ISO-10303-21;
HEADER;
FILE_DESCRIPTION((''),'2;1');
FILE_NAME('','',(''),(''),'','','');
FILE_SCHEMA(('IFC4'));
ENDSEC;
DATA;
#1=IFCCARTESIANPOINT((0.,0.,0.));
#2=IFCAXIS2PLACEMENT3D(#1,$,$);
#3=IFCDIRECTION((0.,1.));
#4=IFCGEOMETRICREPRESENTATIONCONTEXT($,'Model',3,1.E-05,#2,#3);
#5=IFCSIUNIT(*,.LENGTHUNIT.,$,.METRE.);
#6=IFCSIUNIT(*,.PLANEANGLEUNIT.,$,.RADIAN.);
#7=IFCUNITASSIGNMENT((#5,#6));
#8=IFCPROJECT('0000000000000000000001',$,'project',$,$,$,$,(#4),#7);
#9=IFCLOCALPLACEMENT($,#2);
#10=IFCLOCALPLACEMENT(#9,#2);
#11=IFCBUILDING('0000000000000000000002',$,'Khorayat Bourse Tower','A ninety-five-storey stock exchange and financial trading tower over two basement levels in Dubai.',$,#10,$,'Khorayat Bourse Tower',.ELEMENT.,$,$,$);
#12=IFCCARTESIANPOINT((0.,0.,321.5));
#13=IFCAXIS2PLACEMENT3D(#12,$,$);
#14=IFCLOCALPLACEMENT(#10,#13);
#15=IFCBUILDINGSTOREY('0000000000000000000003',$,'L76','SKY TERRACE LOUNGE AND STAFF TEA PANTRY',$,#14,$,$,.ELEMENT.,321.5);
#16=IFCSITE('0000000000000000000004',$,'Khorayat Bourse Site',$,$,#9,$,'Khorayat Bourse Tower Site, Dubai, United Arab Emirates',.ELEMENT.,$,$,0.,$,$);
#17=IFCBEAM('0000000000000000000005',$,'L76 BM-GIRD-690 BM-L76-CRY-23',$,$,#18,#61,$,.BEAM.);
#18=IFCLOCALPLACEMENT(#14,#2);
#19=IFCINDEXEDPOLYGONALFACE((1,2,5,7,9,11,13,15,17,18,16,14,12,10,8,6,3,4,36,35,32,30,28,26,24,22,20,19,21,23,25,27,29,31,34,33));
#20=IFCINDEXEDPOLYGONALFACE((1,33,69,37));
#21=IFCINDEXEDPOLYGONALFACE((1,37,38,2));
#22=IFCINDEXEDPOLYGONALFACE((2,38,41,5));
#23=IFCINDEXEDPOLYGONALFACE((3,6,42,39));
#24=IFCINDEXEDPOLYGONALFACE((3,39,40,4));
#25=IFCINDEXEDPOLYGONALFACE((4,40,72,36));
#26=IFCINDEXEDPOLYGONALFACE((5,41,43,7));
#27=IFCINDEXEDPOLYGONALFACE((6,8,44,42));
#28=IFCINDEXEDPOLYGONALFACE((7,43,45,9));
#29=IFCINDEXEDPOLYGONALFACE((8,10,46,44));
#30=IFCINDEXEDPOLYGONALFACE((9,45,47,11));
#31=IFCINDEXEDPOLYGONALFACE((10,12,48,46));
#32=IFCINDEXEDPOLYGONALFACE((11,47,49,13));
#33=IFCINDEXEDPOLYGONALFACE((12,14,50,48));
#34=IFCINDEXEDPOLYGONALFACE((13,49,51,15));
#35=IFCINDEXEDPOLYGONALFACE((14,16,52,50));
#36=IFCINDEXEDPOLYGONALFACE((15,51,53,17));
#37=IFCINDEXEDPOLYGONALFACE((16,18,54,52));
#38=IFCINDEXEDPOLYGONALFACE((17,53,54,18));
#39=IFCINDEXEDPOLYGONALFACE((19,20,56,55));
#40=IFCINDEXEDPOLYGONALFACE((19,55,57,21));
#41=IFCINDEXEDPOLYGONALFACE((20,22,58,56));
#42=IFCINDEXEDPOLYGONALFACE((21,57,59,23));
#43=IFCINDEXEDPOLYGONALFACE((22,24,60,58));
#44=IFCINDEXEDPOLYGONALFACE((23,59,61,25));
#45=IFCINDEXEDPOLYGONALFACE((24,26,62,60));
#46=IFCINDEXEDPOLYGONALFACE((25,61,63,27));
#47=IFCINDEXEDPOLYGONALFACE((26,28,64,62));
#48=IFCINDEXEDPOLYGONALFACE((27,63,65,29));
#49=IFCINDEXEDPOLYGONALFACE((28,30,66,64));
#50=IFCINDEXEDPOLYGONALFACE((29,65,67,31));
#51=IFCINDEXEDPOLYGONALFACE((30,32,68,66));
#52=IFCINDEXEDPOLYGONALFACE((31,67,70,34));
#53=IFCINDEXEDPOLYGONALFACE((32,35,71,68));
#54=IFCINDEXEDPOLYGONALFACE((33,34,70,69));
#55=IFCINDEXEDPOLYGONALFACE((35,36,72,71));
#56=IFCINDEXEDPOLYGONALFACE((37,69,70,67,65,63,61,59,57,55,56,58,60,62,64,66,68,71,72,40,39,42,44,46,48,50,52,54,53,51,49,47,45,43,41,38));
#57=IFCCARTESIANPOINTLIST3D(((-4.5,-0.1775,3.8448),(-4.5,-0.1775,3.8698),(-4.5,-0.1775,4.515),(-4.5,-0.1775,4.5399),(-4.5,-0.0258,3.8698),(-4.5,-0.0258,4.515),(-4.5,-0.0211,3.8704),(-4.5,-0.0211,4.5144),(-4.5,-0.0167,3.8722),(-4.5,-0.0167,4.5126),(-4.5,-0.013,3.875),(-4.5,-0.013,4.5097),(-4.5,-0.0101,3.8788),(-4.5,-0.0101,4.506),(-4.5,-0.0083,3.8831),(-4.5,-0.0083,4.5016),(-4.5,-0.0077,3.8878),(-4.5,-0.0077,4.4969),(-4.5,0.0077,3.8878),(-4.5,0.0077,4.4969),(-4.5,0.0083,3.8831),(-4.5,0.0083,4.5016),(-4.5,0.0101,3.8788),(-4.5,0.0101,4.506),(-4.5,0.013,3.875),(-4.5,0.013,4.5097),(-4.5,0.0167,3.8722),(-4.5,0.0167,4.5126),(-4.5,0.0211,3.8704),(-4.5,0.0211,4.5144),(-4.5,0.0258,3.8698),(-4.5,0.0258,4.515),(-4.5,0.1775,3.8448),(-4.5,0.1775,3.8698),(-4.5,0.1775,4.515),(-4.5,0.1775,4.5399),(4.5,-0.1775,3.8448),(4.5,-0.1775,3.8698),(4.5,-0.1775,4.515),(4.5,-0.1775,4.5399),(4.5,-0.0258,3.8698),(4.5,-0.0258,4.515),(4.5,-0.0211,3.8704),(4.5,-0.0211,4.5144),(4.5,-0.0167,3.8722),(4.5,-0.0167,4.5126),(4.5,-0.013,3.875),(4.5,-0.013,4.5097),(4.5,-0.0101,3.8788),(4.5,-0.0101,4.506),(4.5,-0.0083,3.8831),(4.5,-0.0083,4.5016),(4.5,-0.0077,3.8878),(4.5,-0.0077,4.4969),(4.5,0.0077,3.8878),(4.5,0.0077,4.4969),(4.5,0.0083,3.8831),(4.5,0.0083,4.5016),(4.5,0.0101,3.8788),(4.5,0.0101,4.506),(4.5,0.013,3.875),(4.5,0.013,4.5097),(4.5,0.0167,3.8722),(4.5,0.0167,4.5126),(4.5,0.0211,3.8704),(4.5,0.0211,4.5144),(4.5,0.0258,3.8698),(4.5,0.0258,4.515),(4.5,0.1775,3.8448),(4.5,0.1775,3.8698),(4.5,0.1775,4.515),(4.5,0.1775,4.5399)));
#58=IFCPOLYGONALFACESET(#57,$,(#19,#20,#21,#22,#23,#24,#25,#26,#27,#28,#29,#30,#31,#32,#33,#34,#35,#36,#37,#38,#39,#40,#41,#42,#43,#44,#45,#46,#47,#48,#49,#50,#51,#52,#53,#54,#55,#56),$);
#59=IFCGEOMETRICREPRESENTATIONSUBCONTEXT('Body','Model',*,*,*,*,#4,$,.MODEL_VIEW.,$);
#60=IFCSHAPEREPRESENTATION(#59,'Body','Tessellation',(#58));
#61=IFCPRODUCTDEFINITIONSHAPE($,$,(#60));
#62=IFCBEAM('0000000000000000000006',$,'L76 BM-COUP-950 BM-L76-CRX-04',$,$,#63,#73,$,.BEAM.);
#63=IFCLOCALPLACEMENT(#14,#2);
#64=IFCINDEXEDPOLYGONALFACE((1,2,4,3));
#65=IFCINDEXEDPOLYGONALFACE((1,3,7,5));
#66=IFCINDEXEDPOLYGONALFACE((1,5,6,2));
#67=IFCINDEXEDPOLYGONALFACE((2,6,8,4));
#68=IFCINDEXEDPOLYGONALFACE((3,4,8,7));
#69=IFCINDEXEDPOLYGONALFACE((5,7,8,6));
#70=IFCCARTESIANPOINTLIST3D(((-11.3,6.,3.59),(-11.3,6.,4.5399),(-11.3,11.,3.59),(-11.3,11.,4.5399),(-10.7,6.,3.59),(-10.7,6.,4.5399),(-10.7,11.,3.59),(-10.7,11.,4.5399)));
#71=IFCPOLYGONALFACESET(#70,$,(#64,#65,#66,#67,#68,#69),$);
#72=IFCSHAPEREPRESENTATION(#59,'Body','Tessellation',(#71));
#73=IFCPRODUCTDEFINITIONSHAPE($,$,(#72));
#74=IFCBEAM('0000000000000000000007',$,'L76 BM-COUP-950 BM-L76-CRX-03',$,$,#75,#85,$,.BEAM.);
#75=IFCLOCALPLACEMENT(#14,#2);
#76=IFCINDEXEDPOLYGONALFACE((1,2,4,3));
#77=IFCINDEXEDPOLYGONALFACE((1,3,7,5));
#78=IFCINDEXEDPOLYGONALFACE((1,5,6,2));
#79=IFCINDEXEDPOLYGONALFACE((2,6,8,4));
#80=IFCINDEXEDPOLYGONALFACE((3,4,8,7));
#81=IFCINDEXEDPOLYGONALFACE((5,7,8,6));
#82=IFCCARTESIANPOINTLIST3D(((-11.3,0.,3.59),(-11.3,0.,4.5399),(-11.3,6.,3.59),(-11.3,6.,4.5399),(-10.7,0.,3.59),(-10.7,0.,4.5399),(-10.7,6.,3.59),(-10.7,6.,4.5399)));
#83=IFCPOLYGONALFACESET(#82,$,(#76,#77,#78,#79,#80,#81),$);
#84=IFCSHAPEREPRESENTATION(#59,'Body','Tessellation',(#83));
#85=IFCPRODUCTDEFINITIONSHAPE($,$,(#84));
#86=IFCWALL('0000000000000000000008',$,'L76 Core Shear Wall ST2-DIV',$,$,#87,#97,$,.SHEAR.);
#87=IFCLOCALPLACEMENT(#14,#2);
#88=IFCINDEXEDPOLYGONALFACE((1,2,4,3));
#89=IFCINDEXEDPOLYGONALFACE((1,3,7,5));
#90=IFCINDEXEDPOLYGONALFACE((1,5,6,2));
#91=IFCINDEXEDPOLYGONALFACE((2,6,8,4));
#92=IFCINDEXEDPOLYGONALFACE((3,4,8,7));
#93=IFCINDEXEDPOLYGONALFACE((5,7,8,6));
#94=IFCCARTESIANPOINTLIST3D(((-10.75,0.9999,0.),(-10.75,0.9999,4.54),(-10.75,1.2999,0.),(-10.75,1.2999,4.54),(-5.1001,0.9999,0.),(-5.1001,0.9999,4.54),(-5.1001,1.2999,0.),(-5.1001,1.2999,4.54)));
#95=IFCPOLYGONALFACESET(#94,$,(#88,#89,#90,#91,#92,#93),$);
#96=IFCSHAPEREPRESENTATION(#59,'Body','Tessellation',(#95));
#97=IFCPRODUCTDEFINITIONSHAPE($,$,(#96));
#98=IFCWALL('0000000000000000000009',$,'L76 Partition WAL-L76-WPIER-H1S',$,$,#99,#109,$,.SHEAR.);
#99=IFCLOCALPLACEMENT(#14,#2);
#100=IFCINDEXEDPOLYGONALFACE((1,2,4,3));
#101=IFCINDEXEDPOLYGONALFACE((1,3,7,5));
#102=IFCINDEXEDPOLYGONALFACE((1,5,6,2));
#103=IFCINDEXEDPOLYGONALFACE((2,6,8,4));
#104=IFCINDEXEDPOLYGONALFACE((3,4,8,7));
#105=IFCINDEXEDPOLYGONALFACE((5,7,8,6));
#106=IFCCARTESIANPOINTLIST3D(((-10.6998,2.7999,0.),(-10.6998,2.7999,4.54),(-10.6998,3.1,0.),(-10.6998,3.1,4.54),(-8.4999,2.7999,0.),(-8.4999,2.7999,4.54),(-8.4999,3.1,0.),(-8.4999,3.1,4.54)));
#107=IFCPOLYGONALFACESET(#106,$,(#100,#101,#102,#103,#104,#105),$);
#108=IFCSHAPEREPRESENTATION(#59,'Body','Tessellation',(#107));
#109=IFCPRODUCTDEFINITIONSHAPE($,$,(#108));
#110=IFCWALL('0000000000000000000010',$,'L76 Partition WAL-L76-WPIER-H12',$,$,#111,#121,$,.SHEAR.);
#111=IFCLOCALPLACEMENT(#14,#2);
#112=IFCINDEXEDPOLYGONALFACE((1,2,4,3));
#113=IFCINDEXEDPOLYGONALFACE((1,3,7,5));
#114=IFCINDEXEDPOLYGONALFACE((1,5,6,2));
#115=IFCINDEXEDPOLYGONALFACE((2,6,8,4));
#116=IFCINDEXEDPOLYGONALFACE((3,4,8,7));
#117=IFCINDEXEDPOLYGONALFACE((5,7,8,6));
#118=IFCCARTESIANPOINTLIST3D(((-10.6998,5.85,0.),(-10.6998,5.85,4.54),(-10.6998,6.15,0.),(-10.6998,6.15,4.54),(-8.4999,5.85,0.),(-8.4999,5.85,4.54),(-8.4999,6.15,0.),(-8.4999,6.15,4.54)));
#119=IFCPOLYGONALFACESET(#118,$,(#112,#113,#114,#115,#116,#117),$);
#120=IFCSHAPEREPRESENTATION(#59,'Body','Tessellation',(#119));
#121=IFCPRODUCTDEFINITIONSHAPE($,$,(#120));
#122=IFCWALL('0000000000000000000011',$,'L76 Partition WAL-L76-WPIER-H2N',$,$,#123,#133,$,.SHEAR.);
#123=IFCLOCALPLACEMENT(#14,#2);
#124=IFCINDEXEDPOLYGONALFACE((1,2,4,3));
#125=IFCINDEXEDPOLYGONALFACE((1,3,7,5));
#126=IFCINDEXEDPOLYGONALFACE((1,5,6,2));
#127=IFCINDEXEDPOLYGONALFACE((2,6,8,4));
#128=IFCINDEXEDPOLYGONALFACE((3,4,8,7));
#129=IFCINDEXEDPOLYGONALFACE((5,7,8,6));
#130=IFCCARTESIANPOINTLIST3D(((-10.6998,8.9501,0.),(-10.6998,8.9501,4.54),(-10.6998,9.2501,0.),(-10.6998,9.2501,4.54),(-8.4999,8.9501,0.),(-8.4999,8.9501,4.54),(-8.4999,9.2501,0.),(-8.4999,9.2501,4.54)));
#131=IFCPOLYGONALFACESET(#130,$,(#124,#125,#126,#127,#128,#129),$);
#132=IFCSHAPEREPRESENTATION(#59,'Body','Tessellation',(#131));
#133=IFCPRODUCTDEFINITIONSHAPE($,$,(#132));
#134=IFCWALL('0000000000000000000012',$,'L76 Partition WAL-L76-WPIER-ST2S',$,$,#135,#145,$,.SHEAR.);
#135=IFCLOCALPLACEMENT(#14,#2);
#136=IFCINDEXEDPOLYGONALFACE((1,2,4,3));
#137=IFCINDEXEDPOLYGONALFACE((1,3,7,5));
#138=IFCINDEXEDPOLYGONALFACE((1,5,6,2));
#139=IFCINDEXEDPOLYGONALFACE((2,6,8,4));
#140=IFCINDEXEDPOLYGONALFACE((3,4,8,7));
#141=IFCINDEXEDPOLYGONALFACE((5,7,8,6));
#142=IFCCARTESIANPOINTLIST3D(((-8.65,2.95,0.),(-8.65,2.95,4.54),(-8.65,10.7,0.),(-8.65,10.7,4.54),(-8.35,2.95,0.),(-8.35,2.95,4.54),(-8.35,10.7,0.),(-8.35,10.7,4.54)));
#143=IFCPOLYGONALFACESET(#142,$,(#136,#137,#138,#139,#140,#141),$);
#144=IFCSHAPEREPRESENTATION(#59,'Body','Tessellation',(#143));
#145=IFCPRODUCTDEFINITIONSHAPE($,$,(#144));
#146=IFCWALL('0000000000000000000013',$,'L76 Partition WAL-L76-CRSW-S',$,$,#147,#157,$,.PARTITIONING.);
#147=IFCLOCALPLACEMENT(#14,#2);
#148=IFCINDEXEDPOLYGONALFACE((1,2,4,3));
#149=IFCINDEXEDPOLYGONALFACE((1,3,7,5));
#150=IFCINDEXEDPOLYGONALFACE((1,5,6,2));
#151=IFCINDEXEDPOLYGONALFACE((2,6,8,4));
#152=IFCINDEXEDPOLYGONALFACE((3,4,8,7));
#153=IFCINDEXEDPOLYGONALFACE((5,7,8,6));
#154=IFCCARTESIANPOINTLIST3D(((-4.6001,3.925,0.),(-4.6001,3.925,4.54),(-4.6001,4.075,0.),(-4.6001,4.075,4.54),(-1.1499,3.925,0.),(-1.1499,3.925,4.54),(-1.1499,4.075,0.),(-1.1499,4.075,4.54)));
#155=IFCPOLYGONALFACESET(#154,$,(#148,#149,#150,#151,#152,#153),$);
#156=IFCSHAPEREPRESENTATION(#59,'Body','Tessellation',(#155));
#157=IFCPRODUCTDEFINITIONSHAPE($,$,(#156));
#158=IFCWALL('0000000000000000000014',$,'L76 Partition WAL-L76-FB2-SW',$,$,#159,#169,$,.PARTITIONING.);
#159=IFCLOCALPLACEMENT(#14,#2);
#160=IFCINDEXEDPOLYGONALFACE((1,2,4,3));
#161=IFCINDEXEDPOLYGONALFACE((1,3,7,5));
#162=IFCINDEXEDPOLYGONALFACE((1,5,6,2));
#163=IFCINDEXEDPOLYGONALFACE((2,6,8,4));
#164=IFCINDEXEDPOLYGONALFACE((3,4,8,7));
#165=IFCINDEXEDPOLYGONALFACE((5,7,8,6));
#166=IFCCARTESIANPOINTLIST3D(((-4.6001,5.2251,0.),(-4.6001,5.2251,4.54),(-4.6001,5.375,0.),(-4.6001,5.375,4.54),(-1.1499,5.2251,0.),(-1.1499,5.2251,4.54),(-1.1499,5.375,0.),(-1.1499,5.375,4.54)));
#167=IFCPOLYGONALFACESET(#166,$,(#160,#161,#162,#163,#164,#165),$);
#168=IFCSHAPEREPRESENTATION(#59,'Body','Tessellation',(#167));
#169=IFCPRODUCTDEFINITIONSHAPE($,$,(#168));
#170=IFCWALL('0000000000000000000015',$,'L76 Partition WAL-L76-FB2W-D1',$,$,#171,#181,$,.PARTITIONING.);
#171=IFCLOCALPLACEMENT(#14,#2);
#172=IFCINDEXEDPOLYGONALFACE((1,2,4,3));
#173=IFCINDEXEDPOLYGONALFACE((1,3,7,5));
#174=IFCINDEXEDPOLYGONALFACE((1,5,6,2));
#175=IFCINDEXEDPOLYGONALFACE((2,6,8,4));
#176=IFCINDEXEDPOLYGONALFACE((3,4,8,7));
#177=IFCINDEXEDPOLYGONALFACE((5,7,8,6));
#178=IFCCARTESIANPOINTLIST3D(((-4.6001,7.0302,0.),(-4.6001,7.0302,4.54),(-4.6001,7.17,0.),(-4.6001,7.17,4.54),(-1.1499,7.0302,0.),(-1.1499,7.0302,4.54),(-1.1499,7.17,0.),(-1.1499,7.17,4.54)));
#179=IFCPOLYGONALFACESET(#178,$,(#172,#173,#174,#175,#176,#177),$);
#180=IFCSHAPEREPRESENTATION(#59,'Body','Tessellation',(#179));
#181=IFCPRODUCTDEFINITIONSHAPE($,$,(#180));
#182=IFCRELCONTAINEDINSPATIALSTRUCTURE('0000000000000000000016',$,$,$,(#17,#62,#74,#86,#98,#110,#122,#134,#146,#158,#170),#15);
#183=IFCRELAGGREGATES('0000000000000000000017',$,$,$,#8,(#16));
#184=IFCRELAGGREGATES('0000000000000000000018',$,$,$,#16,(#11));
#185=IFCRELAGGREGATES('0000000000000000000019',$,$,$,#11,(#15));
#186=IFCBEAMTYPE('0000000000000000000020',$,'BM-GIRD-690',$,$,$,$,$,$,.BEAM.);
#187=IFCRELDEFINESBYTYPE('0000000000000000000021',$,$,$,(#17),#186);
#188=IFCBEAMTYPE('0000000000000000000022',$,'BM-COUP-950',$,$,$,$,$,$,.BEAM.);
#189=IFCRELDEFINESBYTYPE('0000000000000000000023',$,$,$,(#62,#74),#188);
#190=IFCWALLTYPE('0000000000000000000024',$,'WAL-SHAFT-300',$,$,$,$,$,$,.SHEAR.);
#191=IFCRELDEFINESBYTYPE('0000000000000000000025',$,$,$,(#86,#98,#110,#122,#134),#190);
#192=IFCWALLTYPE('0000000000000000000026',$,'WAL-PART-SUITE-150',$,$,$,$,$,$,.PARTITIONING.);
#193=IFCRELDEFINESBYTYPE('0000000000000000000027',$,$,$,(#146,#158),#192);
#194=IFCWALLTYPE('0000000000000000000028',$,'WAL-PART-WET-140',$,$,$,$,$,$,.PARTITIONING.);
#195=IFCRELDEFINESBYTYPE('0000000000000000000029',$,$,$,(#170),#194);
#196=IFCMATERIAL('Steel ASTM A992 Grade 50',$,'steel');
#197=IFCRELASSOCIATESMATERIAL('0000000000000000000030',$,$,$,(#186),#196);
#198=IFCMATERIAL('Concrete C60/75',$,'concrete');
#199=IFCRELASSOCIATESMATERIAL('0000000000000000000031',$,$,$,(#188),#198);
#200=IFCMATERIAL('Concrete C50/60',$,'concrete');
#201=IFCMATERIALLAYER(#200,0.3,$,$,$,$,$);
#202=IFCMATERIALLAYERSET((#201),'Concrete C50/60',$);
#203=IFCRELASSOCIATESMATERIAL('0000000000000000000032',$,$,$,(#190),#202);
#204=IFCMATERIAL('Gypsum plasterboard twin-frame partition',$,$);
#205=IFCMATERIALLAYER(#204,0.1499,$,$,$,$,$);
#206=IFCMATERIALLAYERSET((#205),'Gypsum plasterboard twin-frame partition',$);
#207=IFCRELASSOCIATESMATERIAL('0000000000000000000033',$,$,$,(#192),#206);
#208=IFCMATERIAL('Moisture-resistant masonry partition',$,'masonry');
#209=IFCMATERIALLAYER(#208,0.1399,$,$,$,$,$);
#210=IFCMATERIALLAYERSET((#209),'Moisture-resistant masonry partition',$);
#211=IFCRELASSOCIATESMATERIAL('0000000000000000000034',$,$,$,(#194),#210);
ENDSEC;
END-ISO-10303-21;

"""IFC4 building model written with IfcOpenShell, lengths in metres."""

from ifc_helpers import new_model, si_unit, direction, frame, frame_2d, origin, origin_2d, place, context, subcontext, project, spatial, rectangle, i_section, extrude, source, transform, mapped, material, layer, layer_set, material_profile, profile_set, type_object, element, save


model = new_model("IFC4")

# Units and contexts
model_context = context("Model", 3, precision=1e-05, world=origin(), true_north=direction((0.0, 1.0)))
body_context = subcontext(model_context, "Body", "Model", "MODEL_VIEW")
ifc_project = project(units=[si_unit("LENGTHUNIT", "METRE"), si_unit("PLANEANGLEUNIT", "RADIAN")], contexts=[model_context])

# Site, building, storey
site_placement = place(None, origin())
site = spatial("IfcSite", under=ifc_project, at=site_placement, Name="Khorayat Bourse Site", LongName="Khorayat Bourse Tower Site, Dubai, United Arab Emirates", CompositionType="ELEMENT", RefElevation=0.0)
building_placement = place(site_placement, origin())
building = spatial("IfcBuilding", under=site, at=building_placement, Name="Khorayat Bourse Tower", Description="A ninety-five-storey stock exchange and financial trading tower over two basement levels in Dubai.", LongName="Khorayat Bourse Tower", CompositionType="ELEMENT")
storey_placement = place(building_placement, frame((0.0, 0.0, 321.5)))
storey = spatial("IfcBuildingStorey", under=building, at=storey_placement, Name="L76", Description="SKY TERRACE LOUNGE AND STAFF TEA PANTRY", CompositionType="ELEMENT", Elevation=321.5)

# Beams
ifc_material_1 = material(Name="Steel ASTM A992 Grade 50", Category="steel")
ifc_material_profile_1 = material_profile(ifc_material_1, i_section(OverallWidth=0.355, OverallDepth=0.6951, WebThickness=0.0154, FlangeThickness=0.0249, FilletRadius=0.0181, at=origin_2d()), Name="W690X217")
ifc_profile_set_1 = profile_set([ifc_material_profile_1], Name="Steel ASTM A992 Grade 50")
beam_type_1 = type_object("IfcBeamType", Name="BM-GIRD-690", PredefinedType="BEAM", material=ifc_profile_set_1)
shared_shape_1 = source(origin(), body_context, "Body", "SweptSolid", [
    extrude(i_section(OverallWidth=0.355, OverallDepth=0.6951, WebThickness=0.0154, FlangeThickness=0.0249, FilletRadius=0.0181, at=origin_2d()), origin(), (0.0, 0.0, 1.0), 9.0),
])
beam_1_placement = place(storey_placement, frame((-4.5, 0.0, 4.1924), z_axis=(1.0, 0.0, 0.0), x_axis=(0.0, 1.0, 0.0)))
element("IfcBeam", 1, at=beam_1_placement, inside=storey, type_object=beam_type_1, Name="L76 BM-GIRD-690 BM-L76-CRY-23", PredefinedType="BEAM", context=body_context, shape_type="MappedRepresentation", body=[
    mapped(shared_shape_1, transform((0.0, 0.0, 0.0), scale=1.0)),
])
ifc_material_2 = material(Name="Concrete C60/75", Category="concrete")
ifc_material_profile_2 = material_profile(ifc_material_2, rectangle(XDim=0.6001, YDim=0.95, at=origin_2d()), Name="RC 600x950")
ifc_profile_set_2 = profile_set([ifc_material_profile_2], Name="Concrete C60/75")
beam_type_2 = type_object("IfcBeamType", Name="BM-COUP-950", PredefinedType="BEAM", material=ifc_profile_set_2)
shared_shape_2 = source(origin(), body_context, "Body", "SweptSolid", [
    extrude(rectangle(XDim=0.6001, YDim=0.95, at=origin_2d()), origin(), (0.0, 0.0, 1.0), 5.0),
])
beam_2_placement = place(storey_placement, frame((-11.0, 6.0, 4.0649), z_axis=(0.0, 1.0, 0.0), x_axis=(-1.0, 0.0, 0.0)))
element("IfcBeam", 2, at=beam_2_placement, inside=storey, type_object=beam_type_2, Name="L76 BM-COUP-950 BM-L76-CRX-04", PredefinedType="BEAM", context=body_context, shape_type="MappedRepresentation", body=[
    mapped(shared_shape_2, transform((0.0, 0.0, 0.0), scale=1.0)),
])
shared_shape_3 = source(origin(), body_context, "Body", "SweptSolid", [
    extrude(rectangle(XDim=0.6001, YDim=0.95, at=origin_2d()), origin(), (0.0, 0.0, 1.0), 6.0),
])
beam_3_placement = place(storey_placement, frame((-11.0, 0.0, 4.0649), z_axis=(0.0, 1.0, 0.0), x_axis=(-1.0, 0.0, 0.0)))
element("IfcBeam", 3, at=beam_3_placement, inside=storey, type_object=beam_type_2, Name="L76 BM-COUP-950 BM-L76-CRX-03", PredefinedType="BEAM", context=body_context, shape_type="MappedRepresentation", body=[
    mapped(shared_shape_3, transform((0.0, 0.0, 0.0), scale=1.0)),
])

# Walls
ifc_material_3 = material(Name="Concrete C50/60", Category="concrete")
ifc_layer_1 = layer(ifc_material_3, 0.3)
ifc_layer_set_1 = layer_set([ifc_layer_1], Name="Concrete C50/60")
wall_type_1 = type_object("IfcWallType", Name="WAL-SHAFT-300", PredefinedType="SHEAR", material=ifc_layer_set_1)
shared_shape_4 = source(origin(), body_context, "Body", "SweptSolid", [
    extrude(rectangle(XDim=5.6499, YDim=0.3, at=frame_2d((2.825, 0.0))), origin(), (0.0, 0.0, 1.0), 4.54),
])
wall_1_placement = place(storey_placement, frame((-10.75, 1.1499, 0.0), z_axis=(0.0, 0.0, 1.0), x_axis=(1.0, 0.0, 0.0)))
element("IfcWall", 4, at=wall_1_placement, inside=storey, type_object=wall_type_1, Name="L76 Core Shear Wall ST2-DIV", PredefinedType="SHEAR", context=body_context, shape_type="MappedRepresentation", body=[
    mapped(shared_shape_4, transform((0.0, 0.0, 0.0), scale=1.0)),
])
shared_shape_5 = source(origin(), body_context, "Body", "SweptSolid", [
    extrude(rectangle(XDim=2.2, YDim=0.3, at=frame_2d((1.1001, 0.0))), origin(), (0.0, 0.0, 1.0), 4.54),
])
for number, where, z_axis, x_axis, name in (
    (5, (-10.7, 2.95, 0.0), (0.0, 0.0, 1.0), (1.0, 0.0, 0.0), "L76 Partition WAL-L76-WPIER-H1S"),
    (6, (-10.7, 6.0, 0.0), (0.0, 0.0, 1.0), (1.0, 0.0, 0.0), "L76 Partition WAL-L76-WPIER-H12"),
    (7, (-10.7, 9.1001, 0.0), (0.0, 0.0, 1.0), (1.0, 0.0, 0.0), "L76 Partition WAL-L76-WPIER-H2N"),
):
    element("IfcWall", number, at=place(storey_placement, frame(where, z_axis=z_axis, x_axis=x_axis)), inside=storey, type_object=wall_type_1, Name=name, PredefinedType="SHEAR", context=body_context, shape_type="MappedRepresentation", body=[
        mapped(shared_shape_5, transform((0.0, 0.0, 0.0), scale=1.0)),
    ])
shared_shape_6 = source(origin(), body_context, "Body", "SweptSolid", [
    extrude(rectangle(XDim=7.75, YDim=0.3, at=frame_2d((3.875, 0.0))), origin(), (0.0, 0.0, 1.0), 4.54),
])
wall_2_placement = place(storey_placement, frame((-8.5, 2.95, 0.0), z_axis=(0.0, 0.0, 1.0), x_axis=(0.0, 1.0, 0.0)))
element("IfcWall", 8, at=wall_2_placement, inside=storey, type_object=wall_type_1, Name="L76 Partition WAL-L76-WPIER-ST2S", PredefinedType="SHEAR", context=body_context, shape_type="MappedRepresentation", body=[
    mapped(shared_shape_6, transform((0.0, 0.0, 0.0), scale=1.0)),
])
ifc_material_4 = material(Name="Gypsum plasterboard twin-frame partition")
ifc_layer_2 = layer(ifc_material_4, 0.1499)
ifc_layer_set_2 = layer_set([ifc_layer_2], Name="Gypsum plasterboard twin-frame partition")
wall_type_2 = type_object("IfcWallType", Name="WAL-PART-SUITE-150", PredefinedType="PARTITIONING", material=ifc_layer_set_2)
shared_shape_7 = source(origin(), body_context, "Body", "SweptSolid", [
    extrude(rectangle(XDim=3.4502, YDim=0.1499, at=frame_2d((1.7251, 0.0))), origin(), (0.0, 0.0, 1.0), 4.54),
])
for number, where, z_axis, x_axis, name in (
    (9, (-4.6001, 4.0, 0.0), (0.0, 0.0, 1.0), (1.0, 0.0, 0.0), "L76 Partition WAL-L76-CRSW-S"),
    (10, (-4.6001, 5.3, 0.0), (0.0, 0.0, 1.0), (1.0, 0.0, 0.0), "L76 Partition WAL-L76-FB2-SW"),
):
    element("IfcWall", number, at=place(storey_placement, frame(where, z_axis=z_axis, x_axis=x_axis)), inside=storey, type_object=wall_type_2, Name=name, PredefinedType="PARTITIONING", context=body_context, shape_type="MappedRepresentation", body=[
        mapped(shared_shape_7, transform((0.0, 0.0, 0.0), scale=1.0)),
    ])
ifc_material_5 = material(Name="Moisture-resistant masonry partition", Category="masonry")
ifc_layer_3 = layer(ifc_material_5, 0.1399)
ifc_layer_set_3 = layer_set([ifc_layer_3], Name="Moisture-resistant masonry partition")
wall_type_3 = type_object("IfcWallType", Name="WAL-PART-WET-140", PredefinedType="PARTITIONING", material=ifc_layer_set_3)
shared_shape_8 = source(origin(), body_context, "Body", "SweptSolid", [
    extrude(rectangle(XDim=3.4502, YDim=0.1399, at=frame_2d((1.7251, 0.0))), origin(), (0.0, 0.0, 1.0), 4.54),
])
for number, where, z_axis, x_axis, name in (
    (11, (-4.6001, 7.1001, 0.0), (0.0, 0.0, 1.0), (1.0, 0.0, 0.0), "L76 Partition WAL-L76-FB2W-D1"),
):
    element("IfcWall", number, at=place(storey_placement, frame(where, z_axis=z_axis, x_axis=x_axis)), inside=storey, type_object=wall_type_3, Name=name, PredefinedType="PARTITIONING", context=body_context, shape_type="MappedRepresentation", body=[
        mapped(shared_shape_8, transform((0.0, 0.0, 0.0), scale=1.0)),
    ])

save(model, "model.ifc")
